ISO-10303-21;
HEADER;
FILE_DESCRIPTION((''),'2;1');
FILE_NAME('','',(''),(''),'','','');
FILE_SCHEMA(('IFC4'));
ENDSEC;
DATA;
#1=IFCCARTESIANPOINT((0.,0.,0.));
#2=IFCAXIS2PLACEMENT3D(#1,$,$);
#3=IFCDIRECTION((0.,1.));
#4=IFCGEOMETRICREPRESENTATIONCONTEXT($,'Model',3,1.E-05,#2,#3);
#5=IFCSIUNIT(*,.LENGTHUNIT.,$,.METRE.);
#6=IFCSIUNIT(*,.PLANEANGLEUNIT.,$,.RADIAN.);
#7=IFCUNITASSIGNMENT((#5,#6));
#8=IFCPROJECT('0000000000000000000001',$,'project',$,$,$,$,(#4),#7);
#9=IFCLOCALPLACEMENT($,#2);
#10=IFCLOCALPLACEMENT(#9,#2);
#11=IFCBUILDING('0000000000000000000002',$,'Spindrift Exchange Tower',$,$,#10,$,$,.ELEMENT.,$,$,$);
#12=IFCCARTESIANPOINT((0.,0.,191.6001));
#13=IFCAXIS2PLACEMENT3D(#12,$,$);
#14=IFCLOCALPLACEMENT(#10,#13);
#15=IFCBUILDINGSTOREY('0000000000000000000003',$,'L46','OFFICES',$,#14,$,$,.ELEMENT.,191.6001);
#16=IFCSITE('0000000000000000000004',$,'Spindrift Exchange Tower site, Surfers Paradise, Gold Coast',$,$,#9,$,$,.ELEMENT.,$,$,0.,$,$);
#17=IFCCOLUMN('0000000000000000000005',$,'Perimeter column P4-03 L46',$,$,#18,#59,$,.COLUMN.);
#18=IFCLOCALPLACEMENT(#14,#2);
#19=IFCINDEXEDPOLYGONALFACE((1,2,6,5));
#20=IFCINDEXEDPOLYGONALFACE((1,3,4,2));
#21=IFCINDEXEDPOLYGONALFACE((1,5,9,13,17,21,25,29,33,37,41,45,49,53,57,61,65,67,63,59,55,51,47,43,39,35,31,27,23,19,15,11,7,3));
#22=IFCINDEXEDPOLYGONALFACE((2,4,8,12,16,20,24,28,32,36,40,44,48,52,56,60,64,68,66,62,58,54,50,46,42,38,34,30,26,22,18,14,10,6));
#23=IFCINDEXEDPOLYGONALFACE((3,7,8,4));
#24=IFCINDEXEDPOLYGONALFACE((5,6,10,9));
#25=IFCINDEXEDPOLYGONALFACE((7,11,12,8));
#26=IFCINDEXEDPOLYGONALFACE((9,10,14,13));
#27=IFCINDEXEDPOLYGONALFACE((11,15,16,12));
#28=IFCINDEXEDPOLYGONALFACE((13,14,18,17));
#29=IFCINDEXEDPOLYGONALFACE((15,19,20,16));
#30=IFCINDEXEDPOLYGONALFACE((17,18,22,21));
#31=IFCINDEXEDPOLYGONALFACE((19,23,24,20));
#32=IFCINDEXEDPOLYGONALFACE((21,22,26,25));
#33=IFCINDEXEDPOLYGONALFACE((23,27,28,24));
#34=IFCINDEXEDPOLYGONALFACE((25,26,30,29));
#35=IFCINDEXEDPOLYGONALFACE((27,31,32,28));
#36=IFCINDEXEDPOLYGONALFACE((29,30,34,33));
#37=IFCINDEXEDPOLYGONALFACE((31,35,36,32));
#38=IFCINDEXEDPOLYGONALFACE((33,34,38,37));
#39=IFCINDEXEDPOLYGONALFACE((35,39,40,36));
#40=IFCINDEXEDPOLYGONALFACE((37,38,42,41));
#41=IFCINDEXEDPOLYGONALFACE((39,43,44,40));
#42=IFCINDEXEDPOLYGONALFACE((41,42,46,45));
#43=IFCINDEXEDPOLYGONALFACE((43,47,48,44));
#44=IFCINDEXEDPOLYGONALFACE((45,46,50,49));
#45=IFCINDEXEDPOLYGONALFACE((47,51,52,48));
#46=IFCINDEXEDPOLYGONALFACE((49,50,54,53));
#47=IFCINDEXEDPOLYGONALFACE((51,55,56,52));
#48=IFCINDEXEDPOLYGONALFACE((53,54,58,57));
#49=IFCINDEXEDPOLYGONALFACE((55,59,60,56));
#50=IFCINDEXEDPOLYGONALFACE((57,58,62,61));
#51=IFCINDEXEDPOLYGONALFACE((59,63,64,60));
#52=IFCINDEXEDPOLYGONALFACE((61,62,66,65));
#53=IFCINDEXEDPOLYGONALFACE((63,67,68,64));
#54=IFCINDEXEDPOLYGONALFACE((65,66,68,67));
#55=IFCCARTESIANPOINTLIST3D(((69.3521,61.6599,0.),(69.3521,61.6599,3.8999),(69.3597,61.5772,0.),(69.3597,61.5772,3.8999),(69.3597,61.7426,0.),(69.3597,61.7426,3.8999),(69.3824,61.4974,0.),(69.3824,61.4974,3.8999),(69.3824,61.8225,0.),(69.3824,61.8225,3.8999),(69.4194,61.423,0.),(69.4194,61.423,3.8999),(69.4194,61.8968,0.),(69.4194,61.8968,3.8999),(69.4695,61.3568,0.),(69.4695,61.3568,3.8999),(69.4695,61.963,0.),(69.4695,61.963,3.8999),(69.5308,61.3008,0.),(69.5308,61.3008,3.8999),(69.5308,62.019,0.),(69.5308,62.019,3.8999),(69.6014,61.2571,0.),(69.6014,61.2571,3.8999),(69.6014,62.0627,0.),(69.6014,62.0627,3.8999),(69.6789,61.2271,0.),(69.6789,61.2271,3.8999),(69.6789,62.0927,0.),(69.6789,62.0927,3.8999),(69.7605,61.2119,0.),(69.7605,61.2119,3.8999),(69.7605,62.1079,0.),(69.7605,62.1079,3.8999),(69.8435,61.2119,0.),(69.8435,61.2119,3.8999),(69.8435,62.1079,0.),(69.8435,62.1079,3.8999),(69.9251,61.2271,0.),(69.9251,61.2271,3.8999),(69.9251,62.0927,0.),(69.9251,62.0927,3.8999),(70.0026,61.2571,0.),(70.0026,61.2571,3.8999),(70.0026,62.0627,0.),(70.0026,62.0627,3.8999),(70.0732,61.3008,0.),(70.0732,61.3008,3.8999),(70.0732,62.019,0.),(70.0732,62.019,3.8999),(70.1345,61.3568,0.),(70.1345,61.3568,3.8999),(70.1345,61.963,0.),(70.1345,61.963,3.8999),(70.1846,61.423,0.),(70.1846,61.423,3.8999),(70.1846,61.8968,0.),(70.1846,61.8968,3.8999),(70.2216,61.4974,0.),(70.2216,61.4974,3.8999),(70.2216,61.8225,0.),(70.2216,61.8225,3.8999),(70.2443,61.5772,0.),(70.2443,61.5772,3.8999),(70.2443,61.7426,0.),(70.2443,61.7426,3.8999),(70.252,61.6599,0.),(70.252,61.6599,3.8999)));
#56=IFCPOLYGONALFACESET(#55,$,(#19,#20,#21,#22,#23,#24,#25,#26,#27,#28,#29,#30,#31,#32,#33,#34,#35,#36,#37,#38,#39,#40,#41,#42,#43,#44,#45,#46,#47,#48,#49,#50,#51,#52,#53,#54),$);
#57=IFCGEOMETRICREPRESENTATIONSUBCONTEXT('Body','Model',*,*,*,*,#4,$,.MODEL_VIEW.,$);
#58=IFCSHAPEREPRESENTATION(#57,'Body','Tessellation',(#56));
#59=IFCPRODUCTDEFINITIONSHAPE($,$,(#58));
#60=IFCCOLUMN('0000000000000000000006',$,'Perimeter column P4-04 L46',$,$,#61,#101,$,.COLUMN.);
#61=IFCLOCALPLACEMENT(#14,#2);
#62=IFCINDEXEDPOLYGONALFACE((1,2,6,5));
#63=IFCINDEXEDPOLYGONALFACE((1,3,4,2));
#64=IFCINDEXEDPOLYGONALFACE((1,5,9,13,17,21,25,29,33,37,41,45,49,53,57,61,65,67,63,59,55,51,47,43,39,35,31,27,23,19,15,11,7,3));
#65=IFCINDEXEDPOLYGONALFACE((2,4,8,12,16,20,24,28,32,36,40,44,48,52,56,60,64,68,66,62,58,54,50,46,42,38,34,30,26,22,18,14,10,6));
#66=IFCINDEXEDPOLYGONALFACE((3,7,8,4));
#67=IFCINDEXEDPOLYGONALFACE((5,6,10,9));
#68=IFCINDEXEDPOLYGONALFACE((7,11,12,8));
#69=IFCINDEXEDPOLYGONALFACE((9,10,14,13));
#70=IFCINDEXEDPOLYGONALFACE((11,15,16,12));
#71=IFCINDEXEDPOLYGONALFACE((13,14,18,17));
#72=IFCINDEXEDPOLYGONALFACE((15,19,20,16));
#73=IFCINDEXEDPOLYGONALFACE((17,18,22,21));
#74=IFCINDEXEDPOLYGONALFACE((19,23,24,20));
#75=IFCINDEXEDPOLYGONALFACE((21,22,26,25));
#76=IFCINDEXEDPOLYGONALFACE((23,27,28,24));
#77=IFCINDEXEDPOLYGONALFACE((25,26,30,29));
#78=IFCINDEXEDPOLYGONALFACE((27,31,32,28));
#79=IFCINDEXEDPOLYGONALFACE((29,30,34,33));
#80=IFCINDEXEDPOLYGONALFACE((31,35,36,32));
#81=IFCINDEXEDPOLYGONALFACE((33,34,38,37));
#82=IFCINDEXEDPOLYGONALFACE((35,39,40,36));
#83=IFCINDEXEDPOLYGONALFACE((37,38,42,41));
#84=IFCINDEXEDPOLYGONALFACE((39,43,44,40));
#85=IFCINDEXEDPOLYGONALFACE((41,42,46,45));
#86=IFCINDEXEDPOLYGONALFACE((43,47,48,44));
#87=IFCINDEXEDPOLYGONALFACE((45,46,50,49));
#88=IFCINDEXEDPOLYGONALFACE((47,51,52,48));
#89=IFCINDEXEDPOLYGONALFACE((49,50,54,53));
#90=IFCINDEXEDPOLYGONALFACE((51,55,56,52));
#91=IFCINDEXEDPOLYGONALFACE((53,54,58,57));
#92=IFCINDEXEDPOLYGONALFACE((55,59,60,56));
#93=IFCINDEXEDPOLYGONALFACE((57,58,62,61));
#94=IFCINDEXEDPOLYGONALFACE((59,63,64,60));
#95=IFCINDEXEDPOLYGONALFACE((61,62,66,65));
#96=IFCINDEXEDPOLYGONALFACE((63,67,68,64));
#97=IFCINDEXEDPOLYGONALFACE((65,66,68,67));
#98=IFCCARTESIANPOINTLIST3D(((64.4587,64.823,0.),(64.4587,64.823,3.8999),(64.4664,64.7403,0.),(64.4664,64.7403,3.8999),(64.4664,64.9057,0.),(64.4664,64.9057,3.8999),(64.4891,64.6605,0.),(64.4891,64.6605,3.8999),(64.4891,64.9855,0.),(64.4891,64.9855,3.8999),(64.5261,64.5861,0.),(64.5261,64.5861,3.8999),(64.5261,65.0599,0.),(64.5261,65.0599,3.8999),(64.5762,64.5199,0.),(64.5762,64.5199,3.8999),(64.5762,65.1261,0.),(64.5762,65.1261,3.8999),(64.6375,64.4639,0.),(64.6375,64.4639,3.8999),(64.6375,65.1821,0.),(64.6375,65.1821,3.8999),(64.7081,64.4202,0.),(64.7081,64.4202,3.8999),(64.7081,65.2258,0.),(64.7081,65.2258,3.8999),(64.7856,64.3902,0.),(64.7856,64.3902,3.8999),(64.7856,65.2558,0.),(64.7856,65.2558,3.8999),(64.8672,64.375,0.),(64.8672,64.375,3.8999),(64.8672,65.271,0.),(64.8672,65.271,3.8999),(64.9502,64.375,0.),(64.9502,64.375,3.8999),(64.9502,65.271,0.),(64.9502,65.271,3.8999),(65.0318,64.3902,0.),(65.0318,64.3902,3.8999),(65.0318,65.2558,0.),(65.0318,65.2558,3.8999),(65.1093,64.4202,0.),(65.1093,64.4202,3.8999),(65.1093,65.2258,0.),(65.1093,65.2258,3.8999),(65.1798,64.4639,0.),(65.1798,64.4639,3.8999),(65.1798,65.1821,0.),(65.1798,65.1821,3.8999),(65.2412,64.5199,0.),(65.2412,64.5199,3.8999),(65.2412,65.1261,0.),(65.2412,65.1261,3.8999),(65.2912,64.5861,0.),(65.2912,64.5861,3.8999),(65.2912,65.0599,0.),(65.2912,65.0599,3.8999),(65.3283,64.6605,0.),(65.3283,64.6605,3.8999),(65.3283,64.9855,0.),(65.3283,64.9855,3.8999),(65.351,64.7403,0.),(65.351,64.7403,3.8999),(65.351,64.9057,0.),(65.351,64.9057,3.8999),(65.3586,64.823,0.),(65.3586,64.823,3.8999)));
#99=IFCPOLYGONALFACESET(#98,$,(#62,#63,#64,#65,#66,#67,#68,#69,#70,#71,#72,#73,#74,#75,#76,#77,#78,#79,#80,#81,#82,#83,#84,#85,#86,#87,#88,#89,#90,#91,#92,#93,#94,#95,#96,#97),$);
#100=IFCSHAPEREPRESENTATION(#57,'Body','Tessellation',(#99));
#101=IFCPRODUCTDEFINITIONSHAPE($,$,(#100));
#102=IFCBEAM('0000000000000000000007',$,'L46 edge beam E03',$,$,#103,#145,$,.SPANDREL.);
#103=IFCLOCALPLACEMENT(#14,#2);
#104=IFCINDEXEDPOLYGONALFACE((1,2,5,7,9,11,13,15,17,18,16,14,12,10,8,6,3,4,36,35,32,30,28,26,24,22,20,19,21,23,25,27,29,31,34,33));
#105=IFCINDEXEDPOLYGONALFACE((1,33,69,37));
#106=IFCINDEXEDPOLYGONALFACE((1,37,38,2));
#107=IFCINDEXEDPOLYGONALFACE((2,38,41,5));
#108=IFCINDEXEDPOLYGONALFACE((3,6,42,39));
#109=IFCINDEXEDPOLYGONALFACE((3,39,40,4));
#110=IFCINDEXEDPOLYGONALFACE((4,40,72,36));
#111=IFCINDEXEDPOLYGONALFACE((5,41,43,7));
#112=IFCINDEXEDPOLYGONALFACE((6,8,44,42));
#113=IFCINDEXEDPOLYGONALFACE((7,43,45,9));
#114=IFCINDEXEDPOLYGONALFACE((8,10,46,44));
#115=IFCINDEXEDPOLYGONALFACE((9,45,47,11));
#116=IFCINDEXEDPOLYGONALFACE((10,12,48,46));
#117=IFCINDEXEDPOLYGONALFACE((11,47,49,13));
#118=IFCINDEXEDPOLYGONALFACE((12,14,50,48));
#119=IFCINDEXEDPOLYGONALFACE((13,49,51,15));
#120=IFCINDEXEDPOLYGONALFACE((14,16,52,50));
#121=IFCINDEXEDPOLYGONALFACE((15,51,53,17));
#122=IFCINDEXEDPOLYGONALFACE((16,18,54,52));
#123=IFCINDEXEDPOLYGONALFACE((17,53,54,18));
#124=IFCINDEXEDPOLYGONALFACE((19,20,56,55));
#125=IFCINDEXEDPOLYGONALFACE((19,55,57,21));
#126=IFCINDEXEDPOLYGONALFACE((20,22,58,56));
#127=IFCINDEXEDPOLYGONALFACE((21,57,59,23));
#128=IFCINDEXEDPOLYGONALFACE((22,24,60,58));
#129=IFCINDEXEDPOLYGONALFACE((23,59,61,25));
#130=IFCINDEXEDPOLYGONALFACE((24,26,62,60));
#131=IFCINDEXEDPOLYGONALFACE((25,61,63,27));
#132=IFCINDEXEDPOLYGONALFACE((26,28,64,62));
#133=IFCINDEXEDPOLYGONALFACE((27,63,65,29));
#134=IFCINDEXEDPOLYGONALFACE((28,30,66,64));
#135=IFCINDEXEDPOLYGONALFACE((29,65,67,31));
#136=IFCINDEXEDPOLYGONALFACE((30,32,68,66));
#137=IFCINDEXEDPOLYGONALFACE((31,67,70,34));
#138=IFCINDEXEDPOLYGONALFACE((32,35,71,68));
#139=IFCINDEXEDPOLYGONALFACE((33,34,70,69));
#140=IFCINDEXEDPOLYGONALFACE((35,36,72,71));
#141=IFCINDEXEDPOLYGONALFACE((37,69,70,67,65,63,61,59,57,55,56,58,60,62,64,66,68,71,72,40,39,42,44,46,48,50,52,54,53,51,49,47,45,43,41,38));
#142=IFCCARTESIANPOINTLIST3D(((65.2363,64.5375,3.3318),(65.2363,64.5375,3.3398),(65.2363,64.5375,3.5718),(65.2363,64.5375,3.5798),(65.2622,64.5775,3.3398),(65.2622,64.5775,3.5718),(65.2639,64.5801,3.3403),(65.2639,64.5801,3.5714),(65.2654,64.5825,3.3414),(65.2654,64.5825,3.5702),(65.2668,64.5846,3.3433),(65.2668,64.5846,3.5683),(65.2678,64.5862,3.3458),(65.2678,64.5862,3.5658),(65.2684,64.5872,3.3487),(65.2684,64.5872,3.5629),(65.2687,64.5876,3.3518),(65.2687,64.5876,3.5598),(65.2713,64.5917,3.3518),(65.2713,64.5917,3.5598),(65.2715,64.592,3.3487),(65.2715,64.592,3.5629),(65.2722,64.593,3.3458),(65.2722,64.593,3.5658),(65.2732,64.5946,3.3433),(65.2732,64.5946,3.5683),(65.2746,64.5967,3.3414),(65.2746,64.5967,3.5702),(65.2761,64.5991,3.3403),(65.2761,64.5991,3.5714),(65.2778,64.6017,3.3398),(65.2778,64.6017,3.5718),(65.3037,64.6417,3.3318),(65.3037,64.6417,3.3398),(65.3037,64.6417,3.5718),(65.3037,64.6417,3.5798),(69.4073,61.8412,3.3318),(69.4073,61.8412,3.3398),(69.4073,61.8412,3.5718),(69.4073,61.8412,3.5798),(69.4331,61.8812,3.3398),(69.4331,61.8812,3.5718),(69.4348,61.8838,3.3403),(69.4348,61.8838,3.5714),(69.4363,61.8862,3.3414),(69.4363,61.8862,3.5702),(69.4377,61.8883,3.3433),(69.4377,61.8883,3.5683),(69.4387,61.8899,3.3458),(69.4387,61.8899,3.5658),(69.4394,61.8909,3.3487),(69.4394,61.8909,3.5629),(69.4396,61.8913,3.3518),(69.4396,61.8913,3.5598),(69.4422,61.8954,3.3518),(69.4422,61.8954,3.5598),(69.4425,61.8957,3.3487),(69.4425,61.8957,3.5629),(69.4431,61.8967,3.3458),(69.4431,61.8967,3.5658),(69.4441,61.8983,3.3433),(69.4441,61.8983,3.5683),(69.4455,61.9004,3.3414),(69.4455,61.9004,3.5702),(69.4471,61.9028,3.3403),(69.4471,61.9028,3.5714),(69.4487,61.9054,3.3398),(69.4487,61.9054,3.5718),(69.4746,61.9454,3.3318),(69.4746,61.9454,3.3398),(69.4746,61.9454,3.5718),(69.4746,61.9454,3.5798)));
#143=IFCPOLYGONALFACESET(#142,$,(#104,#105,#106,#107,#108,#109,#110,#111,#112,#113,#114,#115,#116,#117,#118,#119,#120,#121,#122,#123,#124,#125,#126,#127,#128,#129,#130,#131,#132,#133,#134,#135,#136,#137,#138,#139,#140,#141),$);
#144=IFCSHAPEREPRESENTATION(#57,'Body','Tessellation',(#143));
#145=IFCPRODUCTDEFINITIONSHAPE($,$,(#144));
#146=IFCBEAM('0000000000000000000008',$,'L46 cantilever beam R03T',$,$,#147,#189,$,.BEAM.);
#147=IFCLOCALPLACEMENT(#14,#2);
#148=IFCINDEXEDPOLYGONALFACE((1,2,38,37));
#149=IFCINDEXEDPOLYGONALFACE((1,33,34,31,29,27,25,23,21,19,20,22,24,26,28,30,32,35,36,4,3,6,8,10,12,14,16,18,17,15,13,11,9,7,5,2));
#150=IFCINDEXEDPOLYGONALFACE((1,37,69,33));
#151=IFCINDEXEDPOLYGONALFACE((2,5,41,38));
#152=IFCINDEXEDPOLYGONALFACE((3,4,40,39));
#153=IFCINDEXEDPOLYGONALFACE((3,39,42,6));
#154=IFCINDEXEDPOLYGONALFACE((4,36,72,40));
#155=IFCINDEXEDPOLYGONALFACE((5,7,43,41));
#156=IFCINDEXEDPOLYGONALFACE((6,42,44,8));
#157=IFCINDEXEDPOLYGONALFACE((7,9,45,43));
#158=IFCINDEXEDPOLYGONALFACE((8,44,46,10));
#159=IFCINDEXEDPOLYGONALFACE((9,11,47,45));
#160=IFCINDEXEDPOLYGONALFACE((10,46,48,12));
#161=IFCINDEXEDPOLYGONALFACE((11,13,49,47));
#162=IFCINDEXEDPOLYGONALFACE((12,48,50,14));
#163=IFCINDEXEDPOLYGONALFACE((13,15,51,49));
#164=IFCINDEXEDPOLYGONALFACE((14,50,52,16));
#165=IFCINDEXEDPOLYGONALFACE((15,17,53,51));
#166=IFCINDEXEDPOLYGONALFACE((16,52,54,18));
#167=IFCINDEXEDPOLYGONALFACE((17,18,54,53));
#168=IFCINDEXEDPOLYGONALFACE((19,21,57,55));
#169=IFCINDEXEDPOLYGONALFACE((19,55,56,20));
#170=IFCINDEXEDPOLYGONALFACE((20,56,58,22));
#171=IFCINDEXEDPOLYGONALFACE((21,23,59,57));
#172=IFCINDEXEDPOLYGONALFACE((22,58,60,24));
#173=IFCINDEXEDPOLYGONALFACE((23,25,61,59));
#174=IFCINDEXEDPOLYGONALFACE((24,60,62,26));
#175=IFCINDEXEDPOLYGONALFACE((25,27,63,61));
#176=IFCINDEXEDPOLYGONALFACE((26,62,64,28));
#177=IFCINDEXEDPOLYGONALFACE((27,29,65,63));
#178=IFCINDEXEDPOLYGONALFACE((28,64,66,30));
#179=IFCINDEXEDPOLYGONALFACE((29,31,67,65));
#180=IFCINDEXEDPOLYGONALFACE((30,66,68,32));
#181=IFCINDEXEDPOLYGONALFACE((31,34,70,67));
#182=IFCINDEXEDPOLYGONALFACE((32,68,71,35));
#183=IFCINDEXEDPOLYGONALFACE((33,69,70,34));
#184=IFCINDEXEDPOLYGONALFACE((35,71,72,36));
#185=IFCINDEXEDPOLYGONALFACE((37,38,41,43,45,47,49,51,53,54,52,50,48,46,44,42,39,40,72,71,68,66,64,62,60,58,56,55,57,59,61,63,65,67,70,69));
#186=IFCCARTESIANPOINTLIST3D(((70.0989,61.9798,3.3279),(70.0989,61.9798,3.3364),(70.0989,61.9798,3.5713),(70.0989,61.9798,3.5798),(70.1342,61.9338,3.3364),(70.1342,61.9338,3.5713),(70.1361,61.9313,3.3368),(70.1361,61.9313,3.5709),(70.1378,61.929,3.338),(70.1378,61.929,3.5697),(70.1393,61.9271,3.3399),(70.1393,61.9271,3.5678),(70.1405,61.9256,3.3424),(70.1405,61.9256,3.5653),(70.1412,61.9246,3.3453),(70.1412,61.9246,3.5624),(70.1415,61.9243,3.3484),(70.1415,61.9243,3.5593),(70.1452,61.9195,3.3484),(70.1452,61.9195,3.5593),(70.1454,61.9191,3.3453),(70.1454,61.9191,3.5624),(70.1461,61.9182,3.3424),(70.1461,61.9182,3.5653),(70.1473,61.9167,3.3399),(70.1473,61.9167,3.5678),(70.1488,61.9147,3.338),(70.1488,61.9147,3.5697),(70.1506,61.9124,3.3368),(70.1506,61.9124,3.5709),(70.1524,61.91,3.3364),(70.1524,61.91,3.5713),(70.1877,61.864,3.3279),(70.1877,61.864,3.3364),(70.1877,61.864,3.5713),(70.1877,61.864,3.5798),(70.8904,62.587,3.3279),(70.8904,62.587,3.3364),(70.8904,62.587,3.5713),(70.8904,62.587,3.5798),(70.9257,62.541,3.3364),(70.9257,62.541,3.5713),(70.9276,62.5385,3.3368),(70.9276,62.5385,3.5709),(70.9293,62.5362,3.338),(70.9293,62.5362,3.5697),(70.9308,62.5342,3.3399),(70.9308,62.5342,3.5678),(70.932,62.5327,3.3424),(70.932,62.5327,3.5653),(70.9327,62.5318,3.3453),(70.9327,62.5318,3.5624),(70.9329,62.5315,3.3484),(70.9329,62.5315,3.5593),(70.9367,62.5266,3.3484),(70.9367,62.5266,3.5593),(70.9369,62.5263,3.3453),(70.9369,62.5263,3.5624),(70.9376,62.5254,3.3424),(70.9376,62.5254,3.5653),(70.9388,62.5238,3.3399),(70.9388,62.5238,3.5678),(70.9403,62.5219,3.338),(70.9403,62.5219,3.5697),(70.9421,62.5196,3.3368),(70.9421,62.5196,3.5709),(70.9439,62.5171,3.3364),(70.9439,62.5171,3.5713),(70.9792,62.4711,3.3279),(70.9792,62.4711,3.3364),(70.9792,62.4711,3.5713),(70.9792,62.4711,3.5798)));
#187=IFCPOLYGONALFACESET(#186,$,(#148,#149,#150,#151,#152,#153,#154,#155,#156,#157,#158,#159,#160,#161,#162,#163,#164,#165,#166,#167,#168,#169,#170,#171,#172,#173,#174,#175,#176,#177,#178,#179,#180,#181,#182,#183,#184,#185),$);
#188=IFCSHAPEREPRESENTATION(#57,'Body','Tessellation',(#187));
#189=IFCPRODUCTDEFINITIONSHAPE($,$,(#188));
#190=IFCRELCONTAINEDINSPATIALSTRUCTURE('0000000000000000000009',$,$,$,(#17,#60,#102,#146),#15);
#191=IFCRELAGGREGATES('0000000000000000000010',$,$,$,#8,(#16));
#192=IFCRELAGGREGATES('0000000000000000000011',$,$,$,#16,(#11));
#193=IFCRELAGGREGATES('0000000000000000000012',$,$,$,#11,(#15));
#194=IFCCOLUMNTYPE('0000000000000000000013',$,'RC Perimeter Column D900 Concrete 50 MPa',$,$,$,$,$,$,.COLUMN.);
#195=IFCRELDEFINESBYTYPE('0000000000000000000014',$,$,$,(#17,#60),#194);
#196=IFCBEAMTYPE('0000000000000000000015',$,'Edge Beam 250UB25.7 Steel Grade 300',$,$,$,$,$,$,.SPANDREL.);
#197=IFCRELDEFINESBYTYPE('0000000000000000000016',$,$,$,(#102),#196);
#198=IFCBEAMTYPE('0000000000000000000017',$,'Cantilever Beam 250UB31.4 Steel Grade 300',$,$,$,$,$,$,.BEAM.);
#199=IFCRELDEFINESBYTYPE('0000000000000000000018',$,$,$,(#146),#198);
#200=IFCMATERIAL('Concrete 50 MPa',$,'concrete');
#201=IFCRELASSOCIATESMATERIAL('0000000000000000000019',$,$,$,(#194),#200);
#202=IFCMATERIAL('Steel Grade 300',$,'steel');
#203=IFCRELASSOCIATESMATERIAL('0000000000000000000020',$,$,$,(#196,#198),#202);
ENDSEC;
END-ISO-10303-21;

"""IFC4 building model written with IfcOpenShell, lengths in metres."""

from ifc_helpers import new_model, si_unit, direction, frame, origin, origin_2d, place, context, subcontext, project, spatial, circle, i_section, extrude, source, transform, mapped, material, material_profile, profile_set, type_object, element, save


model = new_model("IFC4")

# Units and contexts
model_context = context("Model", 3, precision=1e-05, world=origin(), true_north=direction((0.0, 1.0)))
body_context = subcontext(model_context, "Body", "Model", "MODEL_VIEW")
ifc_project = project(units=[si_unit("LENGTHUNIT", "METRE"), si_unit("PLANEANGLEUNIT", "RADIAN")], contexts=[model_context])

# Site, building, storey
site_placement = place(None, origin())
site = spatial("IfcSite", under=ifc_project, at=site_placement, Name="Spindrift Exchange Tower site, Surfers Paradise, Gold Coast", CompositionType="ELEMENT", RefElevation=0.0)
building_placement = place(site_placement, origin())
building = spatial("IfcBuilding", under=site, at=building_placement, Name="Spindrift Exchange Tower", CompositionType="ELEMENT")
storey_placement = place(building_placement, frame((0.0, 0.0, 191.6001)))
storey = spatial("IfcBuildingStorey", under=building, at=storey_placement, Name="L46", Description="OFFICES", CompositionType="ELEMENT", Elevation=191.6001)

# Columns
ifc_material_1 = material(Name="Concrete 50 MPa", Category="concrete")
ifc_material_profile_1 = material_profile(ifc_material_1, circle(Radius=0.45, at=origin_2d()), Name="RC D900")
ifc_profile_set_1 = profile_set([ifc_material_profile_1], Name="Concrete 50 MPa")
column_type = type_object("IfcColumnType", Name="RC Perimeter Column D900 Concrete 50 MPa", PredefinedType="COLUMN", material=ifc_profile_set_1)
shared_shape_1 = source(origin(), body_context, "Body", "SweptSolid", [
    extrude(circle(Radius=0.45, at=origin_2d()), origin(), (0.0, 0.0, 1.0), 3.8999),
])
for number, where, z_axis, x_axis, name in (
    (1, (69.802, 61.6599, 0.0), (0.0, 0.0, 1.0), (1.0, 0.0, 0.0), "Perimeter column P4-03 L46"),
    (2, (64.9087, 64.823, 0.0), (0.0, 0.0, 1.0), (1.0, 0.0, 0.0), "Perimeter column P4-04 L46"),
):
    element("IfcColumn", number, at=place(storey_placement, frame(where, z_axis=z_axis, x_axis=x_axis)), inside=storey, type_object=column_type, Name=name, PredefinedType="COLUMN", context=body_context, shape_type="MappedRepresentation", body=[
        mapped(shared_shape_1, transform((0.0, 0.0, 0.0), scale=1.0)),
    ])

# Beams
ifc_material_2 = material(Name="Steel Grade 300", Category="steel")
ifc_material_profile_2 = material_profile(ifc_material_2, i_section(OverallWidth=0.124, OverallDepth=0.248, WebThickness=0.0049, FlangeThickness=0.0081, FilletRadius=0.012, at=origin_2d()), Name="250UB25.7")
ifc_profile_set_2 = profile_set([ifc_material_profile_2], Name="Steel Grade 300")
beam_type_1 = type_object("IfcBeamType", Name="Edge Beam 250UB25.7 Steel Grade 300", PredefinedType="SPANDREL", material=ifc_profile_set_2)
shared_shape_2 = source(origin(), body_context, "Body", "SweptSolid", [
    extrude(i_section(OverallWidth=0.124, OverallDepth=0.248, WebThickness=0.0049, FlangeThickness=0.0081, FilletRadius=0.012, at=origin_2d()), origin(), (0.0, 0.0, 1.0), 4.9666),
])
beam_1_placement = place(storey_placement, frame((69.4409, 61.8933, 3.4558), z_axis=(-0.839802, 0.542893, 0.0), x_axis=(-0.542893, -0.839802, 0.0)))
element("IfcBeam", 3, at=beam_1_placement, inside=storey, type_object=beam_type_1, Name="L46 edge beam E03", PredefinedType="SPANDREL", context=body_context, shape_type="MappedRepresentation", body=[
    mapped(shared_shape_2, transform((0.0, 0.0, 0.0), scale=1.0)),
])
ifc_material_profile_3 = material_profile(ifc_material_2, i_section(OverallWidth=0.146, OverallDepth=0.252, WebThickness=0.0061, FlangeThickness=0.0085, FilletRadius=0.012, at=origin_2d()), Name="250UB31.4")
ifc_profile_set_3 = profile_set([ifc_material_profile_3], Name="Steel Grade 300")
beam_type_2 = type_object("IfcBeamType", Name="Cantilever Beam 250UB31.4 Steel Grade 300", PredefinedType="BEAM", material=ifc_profile_set_3)
shared_shape_3 = source(origin(), body_context, "Body", "SweptSolid", [
    extrude(i_section(OverallWidth=0.146, OverallDepth=0.252, WebThickness=0.0061, FlangeThickness=0.0085, FilletRadius=0.012, at=origin_2d()), origin(), (0.0, 0.0, 1.0), 0.9976),
])
beam_2_placement = place(storey_placement, frame((70.1433, 61.9219, 3.4539), z_axis=(0.793433, 0.608658, 0.0), x_axis=(-0.608658, 0.793433, 0.0)))
element("IfcBeam", 4, at=beam_2_placement, inside=storey, type_object=beam_type_2, Name="L46 cantilever beam R03T", PredefinedType="BEAM", context=body_context, shape_type="MappedRepresentation", body=[
    mapped(shared_shape_3, transform((0.0, 0.0, 0.0), scale=1.0)),
])

save(model, "model.ifc")
